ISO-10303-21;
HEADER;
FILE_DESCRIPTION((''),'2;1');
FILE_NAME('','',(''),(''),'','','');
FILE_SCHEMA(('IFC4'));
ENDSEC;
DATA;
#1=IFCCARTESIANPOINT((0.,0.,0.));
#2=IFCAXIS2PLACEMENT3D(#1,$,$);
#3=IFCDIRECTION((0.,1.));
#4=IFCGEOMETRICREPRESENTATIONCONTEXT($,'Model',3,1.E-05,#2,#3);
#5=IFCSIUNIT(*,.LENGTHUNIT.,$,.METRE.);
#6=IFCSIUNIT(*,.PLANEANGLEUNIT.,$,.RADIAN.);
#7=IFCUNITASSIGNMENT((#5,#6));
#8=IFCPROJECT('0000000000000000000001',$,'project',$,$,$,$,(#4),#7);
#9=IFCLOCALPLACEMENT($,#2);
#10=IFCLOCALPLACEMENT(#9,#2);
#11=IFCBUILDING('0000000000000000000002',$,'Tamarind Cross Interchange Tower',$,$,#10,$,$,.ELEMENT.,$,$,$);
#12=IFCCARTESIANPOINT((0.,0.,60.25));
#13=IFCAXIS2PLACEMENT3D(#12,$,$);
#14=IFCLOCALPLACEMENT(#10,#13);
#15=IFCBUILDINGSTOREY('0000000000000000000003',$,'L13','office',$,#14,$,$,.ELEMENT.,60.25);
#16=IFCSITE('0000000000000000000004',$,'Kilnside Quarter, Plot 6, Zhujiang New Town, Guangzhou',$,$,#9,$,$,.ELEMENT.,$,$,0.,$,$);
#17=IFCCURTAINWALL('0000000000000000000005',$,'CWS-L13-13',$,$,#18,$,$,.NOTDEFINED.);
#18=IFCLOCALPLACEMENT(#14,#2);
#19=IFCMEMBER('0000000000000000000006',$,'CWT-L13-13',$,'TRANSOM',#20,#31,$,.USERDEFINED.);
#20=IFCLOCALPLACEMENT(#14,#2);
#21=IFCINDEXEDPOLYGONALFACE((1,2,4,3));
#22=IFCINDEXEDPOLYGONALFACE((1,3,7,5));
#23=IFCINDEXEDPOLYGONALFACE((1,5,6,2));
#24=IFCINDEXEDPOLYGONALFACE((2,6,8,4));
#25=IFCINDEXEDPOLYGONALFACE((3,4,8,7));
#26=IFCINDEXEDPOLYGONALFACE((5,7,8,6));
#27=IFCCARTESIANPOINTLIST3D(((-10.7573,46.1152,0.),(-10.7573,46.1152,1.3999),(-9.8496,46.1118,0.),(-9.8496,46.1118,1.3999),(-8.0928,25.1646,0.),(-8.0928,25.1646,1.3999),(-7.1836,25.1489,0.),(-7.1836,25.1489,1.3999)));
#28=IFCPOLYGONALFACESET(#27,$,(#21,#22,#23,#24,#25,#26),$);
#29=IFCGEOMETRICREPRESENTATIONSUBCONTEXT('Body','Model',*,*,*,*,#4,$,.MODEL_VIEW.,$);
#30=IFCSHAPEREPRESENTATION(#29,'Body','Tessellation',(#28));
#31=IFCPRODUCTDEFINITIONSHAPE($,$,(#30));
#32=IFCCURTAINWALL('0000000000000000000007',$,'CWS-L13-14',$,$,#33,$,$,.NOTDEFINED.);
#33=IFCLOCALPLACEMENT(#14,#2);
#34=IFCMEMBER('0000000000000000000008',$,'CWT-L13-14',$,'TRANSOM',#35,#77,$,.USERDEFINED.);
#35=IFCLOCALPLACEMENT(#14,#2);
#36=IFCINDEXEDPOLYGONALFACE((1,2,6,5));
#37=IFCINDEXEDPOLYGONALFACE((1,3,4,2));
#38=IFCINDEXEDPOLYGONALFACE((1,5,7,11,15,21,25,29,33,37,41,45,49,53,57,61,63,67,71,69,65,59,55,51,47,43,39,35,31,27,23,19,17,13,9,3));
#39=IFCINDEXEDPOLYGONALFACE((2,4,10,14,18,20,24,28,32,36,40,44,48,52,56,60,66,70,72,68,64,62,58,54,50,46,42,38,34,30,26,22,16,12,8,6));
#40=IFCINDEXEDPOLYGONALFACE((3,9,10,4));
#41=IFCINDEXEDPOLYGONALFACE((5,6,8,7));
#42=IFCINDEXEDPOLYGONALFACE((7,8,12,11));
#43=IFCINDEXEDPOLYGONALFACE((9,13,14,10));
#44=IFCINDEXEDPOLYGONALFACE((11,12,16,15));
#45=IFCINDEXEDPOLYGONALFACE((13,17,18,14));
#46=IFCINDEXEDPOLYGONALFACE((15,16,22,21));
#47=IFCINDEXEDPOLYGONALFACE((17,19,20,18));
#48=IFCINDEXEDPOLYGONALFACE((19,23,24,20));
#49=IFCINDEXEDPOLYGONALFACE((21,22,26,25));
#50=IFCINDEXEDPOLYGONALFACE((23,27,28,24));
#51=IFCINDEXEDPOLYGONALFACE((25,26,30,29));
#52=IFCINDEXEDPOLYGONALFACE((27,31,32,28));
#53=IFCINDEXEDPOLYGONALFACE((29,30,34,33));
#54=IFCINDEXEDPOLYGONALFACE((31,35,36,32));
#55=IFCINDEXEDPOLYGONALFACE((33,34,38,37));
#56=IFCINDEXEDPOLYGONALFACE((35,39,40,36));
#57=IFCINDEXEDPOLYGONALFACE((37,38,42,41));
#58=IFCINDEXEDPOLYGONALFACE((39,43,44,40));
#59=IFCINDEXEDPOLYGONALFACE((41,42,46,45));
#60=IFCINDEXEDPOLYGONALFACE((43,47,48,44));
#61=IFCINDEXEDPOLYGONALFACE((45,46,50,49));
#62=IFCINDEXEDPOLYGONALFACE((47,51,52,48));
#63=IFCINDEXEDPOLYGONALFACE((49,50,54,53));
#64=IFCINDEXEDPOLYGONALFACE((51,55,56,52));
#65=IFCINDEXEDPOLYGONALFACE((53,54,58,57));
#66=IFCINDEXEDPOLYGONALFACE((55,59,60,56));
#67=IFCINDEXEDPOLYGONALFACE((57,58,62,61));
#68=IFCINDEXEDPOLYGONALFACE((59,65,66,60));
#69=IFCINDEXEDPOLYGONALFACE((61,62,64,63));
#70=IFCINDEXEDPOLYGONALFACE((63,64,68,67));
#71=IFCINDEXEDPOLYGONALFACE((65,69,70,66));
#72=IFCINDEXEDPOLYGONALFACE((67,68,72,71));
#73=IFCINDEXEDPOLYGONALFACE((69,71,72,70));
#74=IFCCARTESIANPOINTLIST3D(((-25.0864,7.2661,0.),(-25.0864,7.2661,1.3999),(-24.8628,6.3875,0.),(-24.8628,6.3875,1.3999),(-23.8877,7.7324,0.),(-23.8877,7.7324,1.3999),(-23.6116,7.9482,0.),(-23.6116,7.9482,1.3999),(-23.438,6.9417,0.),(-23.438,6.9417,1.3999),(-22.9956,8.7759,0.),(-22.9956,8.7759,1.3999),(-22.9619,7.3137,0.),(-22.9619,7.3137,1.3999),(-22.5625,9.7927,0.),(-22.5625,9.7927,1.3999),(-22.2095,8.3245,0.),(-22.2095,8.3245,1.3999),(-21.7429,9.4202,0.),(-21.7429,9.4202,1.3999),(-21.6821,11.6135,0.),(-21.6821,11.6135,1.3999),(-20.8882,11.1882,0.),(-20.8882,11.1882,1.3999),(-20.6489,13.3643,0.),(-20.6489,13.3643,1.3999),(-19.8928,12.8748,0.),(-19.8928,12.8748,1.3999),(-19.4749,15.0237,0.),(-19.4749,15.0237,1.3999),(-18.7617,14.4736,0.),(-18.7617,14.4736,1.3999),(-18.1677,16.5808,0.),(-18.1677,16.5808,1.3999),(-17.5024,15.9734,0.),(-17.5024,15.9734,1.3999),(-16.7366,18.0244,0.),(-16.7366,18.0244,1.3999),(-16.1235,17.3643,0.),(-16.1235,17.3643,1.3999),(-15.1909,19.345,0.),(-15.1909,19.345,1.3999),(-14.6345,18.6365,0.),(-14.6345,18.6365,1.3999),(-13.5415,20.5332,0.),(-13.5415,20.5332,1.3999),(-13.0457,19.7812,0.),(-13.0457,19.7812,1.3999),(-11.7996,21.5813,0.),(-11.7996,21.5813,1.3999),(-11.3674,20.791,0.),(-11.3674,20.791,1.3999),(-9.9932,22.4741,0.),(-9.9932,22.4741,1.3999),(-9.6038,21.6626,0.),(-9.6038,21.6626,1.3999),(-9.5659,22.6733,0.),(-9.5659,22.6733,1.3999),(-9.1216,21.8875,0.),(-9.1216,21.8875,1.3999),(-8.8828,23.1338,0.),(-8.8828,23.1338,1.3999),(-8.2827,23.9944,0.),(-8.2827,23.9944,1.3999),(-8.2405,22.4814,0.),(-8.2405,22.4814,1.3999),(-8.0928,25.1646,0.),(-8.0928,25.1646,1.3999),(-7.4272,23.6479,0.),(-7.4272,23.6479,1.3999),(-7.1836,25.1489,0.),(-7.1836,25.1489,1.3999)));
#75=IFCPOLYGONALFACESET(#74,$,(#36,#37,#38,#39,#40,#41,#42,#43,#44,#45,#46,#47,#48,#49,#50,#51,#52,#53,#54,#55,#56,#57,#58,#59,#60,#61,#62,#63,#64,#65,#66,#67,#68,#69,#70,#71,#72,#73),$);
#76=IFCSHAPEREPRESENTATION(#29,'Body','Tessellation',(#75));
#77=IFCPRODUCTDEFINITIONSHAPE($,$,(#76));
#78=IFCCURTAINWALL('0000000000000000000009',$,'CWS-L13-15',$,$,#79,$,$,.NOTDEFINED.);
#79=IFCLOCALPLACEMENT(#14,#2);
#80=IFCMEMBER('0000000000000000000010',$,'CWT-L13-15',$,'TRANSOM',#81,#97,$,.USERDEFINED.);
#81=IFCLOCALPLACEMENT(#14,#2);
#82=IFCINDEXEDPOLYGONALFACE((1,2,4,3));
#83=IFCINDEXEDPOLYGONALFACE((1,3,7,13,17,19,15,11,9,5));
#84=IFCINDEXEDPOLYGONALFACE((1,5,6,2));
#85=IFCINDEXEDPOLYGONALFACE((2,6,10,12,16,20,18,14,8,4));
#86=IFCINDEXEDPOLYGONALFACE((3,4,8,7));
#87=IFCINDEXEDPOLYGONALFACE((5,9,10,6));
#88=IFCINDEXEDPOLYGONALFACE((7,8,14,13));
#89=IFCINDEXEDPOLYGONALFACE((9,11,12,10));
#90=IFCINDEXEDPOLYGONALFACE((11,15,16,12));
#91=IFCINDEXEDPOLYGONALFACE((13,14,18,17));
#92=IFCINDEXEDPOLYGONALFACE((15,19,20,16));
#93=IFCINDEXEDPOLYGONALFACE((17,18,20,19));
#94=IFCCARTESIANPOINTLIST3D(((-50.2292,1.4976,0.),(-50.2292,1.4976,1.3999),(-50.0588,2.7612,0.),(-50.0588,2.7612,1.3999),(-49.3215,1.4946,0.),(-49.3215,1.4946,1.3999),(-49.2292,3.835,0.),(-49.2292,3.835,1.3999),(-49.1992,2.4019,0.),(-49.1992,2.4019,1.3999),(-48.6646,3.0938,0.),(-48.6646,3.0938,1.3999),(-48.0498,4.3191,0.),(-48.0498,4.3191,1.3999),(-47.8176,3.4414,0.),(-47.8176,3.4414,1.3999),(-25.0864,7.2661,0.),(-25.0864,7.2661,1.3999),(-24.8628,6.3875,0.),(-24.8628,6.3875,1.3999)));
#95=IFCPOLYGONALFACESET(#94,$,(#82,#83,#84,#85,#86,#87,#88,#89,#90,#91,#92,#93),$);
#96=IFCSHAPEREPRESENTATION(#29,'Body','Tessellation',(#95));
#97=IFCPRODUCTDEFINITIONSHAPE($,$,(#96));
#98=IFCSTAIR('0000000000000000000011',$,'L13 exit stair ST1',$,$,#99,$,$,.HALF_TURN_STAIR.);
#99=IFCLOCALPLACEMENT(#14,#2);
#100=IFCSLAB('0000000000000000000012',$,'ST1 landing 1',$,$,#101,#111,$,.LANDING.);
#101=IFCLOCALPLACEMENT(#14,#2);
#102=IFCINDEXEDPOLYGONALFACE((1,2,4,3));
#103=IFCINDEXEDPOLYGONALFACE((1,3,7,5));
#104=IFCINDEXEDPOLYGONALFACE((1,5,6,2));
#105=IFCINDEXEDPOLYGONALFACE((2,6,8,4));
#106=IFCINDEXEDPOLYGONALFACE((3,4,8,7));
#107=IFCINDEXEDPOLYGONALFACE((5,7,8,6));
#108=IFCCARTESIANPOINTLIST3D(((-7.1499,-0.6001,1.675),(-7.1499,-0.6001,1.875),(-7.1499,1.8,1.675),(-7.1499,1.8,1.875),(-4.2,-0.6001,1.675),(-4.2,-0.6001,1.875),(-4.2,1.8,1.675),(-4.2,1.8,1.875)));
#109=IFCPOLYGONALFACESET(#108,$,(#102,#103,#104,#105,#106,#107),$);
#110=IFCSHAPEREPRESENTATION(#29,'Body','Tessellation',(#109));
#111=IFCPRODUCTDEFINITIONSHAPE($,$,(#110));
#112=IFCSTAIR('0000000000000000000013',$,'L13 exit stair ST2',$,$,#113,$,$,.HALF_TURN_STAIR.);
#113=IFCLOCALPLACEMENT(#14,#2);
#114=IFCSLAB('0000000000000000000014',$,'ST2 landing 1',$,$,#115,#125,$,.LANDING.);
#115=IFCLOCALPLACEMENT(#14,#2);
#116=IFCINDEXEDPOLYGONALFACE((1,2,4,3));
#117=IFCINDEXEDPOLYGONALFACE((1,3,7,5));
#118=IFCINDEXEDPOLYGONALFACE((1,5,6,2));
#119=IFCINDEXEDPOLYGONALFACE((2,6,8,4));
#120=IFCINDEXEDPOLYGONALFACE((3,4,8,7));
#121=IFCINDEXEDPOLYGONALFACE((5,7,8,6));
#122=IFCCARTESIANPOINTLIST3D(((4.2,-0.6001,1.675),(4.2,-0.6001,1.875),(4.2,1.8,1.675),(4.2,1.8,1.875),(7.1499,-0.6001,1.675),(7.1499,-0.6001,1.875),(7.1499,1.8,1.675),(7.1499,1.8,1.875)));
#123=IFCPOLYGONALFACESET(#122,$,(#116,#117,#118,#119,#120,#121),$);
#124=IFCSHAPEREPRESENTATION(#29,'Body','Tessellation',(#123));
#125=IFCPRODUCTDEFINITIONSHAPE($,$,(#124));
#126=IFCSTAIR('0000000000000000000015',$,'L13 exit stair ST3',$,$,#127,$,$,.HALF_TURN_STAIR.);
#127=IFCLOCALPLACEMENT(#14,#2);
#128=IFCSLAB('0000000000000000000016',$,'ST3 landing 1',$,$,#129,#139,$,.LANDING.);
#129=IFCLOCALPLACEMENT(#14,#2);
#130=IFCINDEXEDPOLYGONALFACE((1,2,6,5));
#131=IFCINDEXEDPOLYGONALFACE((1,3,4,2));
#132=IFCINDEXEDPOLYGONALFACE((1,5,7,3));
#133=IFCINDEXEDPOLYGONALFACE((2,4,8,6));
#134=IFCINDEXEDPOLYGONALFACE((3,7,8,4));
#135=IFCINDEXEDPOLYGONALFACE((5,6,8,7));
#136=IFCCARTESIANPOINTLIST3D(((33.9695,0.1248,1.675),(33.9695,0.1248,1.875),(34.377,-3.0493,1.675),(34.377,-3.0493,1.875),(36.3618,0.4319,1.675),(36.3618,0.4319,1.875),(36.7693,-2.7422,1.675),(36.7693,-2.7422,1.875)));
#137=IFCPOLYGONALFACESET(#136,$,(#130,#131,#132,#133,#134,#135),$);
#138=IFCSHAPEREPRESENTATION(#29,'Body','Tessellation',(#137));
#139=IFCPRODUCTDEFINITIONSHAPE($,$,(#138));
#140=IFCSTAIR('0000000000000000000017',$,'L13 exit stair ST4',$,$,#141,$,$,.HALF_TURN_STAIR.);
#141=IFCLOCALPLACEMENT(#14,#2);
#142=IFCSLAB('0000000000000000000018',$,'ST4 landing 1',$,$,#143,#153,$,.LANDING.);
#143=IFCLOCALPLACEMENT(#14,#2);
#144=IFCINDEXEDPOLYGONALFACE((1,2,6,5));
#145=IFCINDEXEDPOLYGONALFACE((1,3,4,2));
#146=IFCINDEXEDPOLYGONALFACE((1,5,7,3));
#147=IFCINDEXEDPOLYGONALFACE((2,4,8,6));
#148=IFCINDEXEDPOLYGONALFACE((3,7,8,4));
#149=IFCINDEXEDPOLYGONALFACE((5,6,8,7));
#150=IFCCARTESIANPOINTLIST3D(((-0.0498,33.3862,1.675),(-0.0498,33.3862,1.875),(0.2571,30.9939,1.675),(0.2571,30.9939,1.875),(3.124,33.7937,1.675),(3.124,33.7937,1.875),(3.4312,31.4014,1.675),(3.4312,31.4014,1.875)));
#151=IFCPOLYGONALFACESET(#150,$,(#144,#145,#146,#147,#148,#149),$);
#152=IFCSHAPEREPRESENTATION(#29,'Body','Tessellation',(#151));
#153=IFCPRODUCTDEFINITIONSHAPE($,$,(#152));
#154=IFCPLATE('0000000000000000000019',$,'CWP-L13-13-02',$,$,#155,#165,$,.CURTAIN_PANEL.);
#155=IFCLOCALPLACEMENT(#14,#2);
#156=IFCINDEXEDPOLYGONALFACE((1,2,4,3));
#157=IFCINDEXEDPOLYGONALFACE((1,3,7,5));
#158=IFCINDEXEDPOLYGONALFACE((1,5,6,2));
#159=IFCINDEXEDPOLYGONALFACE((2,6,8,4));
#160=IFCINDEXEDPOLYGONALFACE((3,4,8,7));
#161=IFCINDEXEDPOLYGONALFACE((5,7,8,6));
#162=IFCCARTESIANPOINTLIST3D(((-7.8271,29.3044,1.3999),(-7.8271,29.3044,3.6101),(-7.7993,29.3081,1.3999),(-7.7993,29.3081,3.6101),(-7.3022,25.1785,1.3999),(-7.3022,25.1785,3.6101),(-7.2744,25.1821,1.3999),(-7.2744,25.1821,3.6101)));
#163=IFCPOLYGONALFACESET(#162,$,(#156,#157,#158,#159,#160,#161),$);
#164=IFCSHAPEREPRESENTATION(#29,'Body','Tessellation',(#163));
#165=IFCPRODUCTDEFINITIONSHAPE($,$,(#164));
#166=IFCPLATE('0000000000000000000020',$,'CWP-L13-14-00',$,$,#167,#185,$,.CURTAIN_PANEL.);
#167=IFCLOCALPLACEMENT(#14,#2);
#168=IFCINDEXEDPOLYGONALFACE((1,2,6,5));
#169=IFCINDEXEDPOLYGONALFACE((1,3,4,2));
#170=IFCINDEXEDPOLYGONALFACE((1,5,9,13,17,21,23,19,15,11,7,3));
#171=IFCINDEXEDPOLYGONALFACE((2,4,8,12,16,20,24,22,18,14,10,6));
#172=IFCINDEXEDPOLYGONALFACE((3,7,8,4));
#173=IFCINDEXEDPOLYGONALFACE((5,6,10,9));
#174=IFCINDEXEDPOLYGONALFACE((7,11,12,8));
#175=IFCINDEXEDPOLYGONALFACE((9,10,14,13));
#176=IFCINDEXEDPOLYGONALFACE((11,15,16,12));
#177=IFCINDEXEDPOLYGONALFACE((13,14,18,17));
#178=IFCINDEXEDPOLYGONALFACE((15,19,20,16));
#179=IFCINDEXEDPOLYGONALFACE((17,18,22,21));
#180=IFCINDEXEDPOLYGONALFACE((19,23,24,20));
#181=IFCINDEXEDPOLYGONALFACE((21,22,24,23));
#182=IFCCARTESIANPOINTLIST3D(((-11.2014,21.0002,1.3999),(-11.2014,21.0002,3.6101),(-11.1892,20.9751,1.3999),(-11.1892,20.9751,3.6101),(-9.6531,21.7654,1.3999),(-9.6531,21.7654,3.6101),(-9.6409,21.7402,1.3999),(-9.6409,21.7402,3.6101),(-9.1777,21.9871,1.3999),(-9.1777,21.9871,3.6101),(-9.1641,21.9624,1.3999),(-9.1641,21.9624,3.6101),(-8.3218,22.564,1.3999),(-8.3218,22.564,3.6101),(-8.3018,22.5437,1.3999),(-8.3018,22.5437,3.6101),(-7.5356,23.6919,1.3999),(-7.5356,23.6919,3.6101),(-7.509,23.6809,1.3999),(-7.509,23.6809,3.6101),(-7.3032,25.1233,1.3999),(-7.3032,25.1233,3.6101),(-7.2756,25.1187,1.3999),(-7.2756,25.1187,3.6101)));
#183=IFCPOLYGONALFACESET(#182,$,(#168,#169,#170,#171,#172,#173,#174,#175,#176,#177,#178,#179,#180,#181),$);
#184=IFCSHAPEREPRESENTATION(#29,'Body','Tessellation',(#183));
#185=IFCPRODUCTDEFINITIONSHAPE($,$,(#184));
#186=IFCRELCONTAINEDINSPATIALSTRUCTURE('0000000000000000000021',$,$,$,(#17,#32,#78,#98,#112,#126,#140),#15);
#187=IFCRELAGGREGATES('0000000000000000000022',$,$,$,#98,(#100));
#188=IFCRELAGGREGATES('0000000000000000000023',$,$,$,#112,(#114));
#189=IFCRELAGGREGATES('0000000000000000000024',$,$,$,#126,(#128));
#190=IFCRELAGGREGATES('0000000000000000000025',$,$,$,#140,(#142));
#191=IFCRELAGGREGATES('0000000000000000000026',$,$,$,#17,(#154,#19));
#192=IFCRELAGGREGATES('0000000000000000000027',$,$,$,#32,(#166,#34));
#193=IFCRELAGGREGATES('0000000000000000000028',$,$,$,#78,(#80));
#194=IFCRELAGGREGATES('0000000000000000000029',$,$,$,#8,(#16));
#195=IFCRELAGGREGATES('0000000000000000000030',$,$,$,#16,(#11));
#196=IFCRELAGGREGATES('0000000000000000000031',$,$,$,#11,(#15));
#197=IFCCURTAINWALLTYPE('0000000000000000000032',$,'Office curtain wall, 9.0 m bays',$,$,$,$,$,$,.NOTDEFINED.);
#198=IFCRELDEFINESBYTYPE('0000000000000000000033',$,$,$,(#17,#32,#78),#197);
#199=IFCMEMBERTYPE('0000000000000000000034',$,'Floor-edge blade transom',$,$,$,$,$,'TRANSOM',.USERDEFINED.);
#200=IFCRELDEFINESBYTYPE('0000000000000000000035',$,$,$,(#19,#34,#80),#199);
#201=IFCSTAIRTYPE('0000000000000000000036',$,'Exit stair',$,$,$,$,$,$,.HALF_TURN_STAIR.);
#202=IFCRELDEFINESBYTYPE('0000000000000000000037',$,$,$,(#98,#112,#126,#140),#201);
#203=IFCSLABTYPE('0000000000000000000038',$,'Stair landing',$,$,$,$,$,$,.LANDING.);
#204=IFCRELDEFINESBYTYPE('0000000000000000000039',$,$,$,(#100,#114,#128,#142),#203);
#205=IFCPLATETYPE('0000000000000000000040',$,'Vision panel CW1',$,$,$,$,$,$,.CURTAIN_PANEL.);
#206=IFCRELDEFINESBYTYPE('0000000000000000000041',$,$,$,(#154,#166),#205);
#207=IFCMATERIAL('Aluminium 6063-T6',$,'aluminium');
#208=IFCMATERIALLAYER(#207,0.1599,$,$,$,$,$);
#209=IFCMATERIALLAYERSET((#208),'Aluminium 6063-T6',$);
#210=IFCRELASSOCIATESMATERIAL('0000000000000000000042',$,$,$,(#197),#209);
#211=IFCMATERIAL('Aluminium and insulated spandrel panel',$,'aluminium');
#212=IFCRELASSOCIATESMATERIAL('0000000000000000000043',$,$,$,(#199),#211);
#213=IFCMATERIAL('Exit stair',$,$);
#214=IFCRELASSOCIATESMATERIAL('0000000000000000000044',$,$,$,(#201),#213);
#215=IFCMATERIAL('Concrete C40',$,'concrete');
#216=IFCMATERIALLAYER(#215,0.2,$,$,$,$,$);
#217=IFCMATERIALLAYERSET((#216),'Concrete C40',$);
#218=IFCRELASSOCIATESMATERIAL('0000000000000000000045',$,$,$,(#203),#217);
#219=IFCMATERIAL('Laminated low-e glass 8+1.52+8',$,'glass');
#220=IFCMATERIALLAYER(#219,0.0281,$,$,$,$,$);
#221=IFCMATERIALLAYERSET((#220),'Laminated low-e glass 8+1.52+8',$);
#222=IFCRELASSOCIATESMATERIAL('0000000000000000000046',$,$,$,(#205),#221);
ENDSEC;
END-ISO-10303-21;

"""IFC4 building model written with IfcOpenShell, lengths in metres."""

from ifc_helpers import new_model, si_unit, direction, frame, origin, place, context, subcontext, project, spatial, polyline, outline, extrude, material, layer, layer_set, type_object, element, aggregate, save


model = new_model("IFC4")

# Units and contexts
model_context = context("Model", 3, precision=1e-05, world=origin(), true_north=direction((0.0, 1.0)))
body_context = subcontext(model_context, "Body", "Model", "MODEL_VIEW")
ifc_project = project(units=[si_unit("LENGTHUNIT", "METRE"), si_unit("PLANEANGLEUNIT", "RADIAN")], contexts=[model_context])

# Site, building, storey
site_placement = place(None, origin())
site = spatial("IfcSite", under=ifc_project, at=site_placement, Name="Kilnside Quarter, Plot 6, Zhujiang New Town, Guangzhou", CompositionType="ELEMENT", RefElevation=0.0)
building_placement = place(site_placement, origin())
building = spatial("IfcBuilding", under=site, at=building_placement, Name="Tamarind Cross Interchange Tower", CompositionType="ELEMENT")
storey_placement = place(building_placement, frame((0.0, 0.0, 60.25)))
storey = spatial("IfcBuildingStorey", under=building, at=storey_placement, Name="L13", Description="office", CompositionType="ELEMENT", Elevation=60.25)

# Curtain walls, members
ifc_material_1 = material(Name="Aluminium 6063-T6", Category="aluminium")
ifc_layer_1 = layer(ifc_material_1, 0.1599)
ifc_layer_set_1 = layer_set([ifc_layer_1], Name="Aluminium 6063-T6")
curtain_wall_type = type_object("IfcCurtainWallType", Name="Office curtain wall, 9.0 m bays", PredefinedType="NOTDEFINED", material=ifc_layer_set_1)
curtain_wall_1_placement = place(storey_placement, origin())
curtain_wall_1 = element("IfcCurtainWall", 1, at=curtain_wall_1_placement, inside=storey, type_object=curtain_wall_type, Name="CWS-L13-13", PredefinedType="NOTDEFINED")
ifc_material_2 = material(Name="Aluminium and insulated spandrel panel", Category="aluminium")
member_type = type_object("IfcMemberType", Name="Floor-edge blade transom", ElementType="TRANSOM", PredefinedType="USERDEFINED", material=ifc_material_2)
member_1_placement = place(storey_placement, origin())
member_1 = element("IfcMember", 2, at=member_1_placement, type_object=member_type, Name="CWT-L13-13", ObjectType="TRANSOM", PredefinedType="USERDEFINED", context=body_context, shape_type="SweptSolid", body=[
    extrude(outline(polyline([(-9.8496, 46.1118), (-7.1836, 25.1489), (-8.0928, 25.1646), (-10.7573, 46.1152), (-9.8496, 46.1118)])), origin(), (0.0, 0.0, 1.0), 1.3999),
])
curtain_wall_2_placement = place(storey_placement, origin())
curtain_wall_2 = element("IfcCurtainWall", 3, at=curtain_wall_2_placement, inside=storey, type_object=curtain_wall_type, Name="CWS-L13-14", PredefinedType="NOTDEFINED")
member_2_placement = place(storey_placement, origin())
member_2 = element("IfcMember", 4, at=member_2_placement, type_object=member_type, Name="CWT-L13-14", ObjectType="TRANSOM", PredefinedType="USERDEFINED", context=body_context, shape_type="SweptSolid", body=[
    extrude(outline(polyline([(-7.1836, 25.1489), (-7.4272, 23.6479), (-8.2405, 22.4814), (-9.1216, 21.8875), (-9.6038, 21.6626), (-11.3674, 20.791), (-13.0457, 19.7812), (-14.6345, 18.6365), (-16.1235, 17.3643), (-17.5024, 15.9734), (-18.7617, 14.4736), (-19.8928, 12.8748), (-20.8882, 11.1882), (-21.7429, 9.4202), (-22.2095, 8.3245), (-22.9619, 7.3137), (-23.438, 6.9417), (-24.8628, 6.3875), (-25.0864, 7.2661), (-23.8877, 7.7324), (-23.6116, 7.9482), (-22.9956, 8.7759), (-22.5625, 9.7927), (-21.6821, 11.6135), (-20.6489, 13.3643), (-19.4749, 15.0237), (-18.1677, 16.5808), (-16.7366, 18.0244), (-15.1909, 19.345), (-13.5415, 20.5332), (-11.7996, 21.5813), (-9.9932, 22.4741), (-9.5659, 22.6733), (-8.8828, 23.1338), (-8.2827, 23.9944), (-8.0928, 25.1646), (-7.1836, 25.1489)])), origin(), (0.0, 0.0, 1.0), 1.3999),
])
curtain_wall_3_placement = place(storey_placement, origin())
curtain_wall_3 = element("IfcCurtainWall", 5, at=curtain_wall_3_placement, inside=storey, type_object=curtain_wall_type, Name="CWS-L13-15", PredefinedType="NOTDEFINED")
member_3_placement = place(storey_placement, origin())
member_3 = element("IfcMember", 6, at=member_3_placement, type_object=member_type, Name="CWT-L13-15", ObjectType="TRANSOM", PredefinedType="USERDEFINED", context=body_context, shape_type="SweptSolid", body=[
    extrude(outline(polyline([(-24.8628, 6.3875), (-47.8176, 3.4414), (-48.6646, 3.0938), (-49.1992, 2.4019), (-49.3215, 1.4946), (-50.2292, 1.4976), (-50.0588, 2.7612), (-49.2292, 3.835), (-48.0498, 4.3191), (-25.0864, 7.2661), (-24.8628, 6.3875)])), origin(), (0.0, 0.0, 1.0), 1.3999),
])

# Stairs, slabs
ifc_material_3 = material(Name="Exit stair")
stair_type = type_object("IfcStairType", Name="Exit stair", PredefinedType="HALF_TURN_STAIR", material=ifc_material_3)
stair_1_placement = place(storey_placement, origin())
stair_1 = element("IfcStair", 7, at=stair_1_placement, inside=storey, type_object=stair_type, Name="L13 exit stair ST1", PredefinedType="HALF_TURN_STAIR")
ifc_material_4 = material(Name="Concrete C40", Category="concrete")
ifc_layer_2 = layer(ifc_material_4, 0.2)
ifc_layer_set_2 = layer_set([ifc_layer_2], Name="Concrete C40")
slab_type = type_object("IfcSlabType", Name="Stair landing", PredefinedType="LANDING", material=ifc_layer_set_2)
slab_1_placement = place(storey_placement, frame((0.0, 0.0, 1.675)))
slab_1 = element("IfcSlab", 8, at=slab_1_placement, type_object=slab_type, Name="ST1 landing 1", PredefinedType="LANDING", context=body_context, shape_type="SweptSolid", body=[
    extrude(outline(polyline([(-4.2, -0.6001), (-4.2, 1.8), (-7.1499, 1.8), (-7.1499, -0.6001), (-4.2, -0.6001)])), origin(), (0.0, 0.0, 1.0), 0.2),
])
aggregate(stair_1, [slab_1])
stair_2_placement = place(storey_placement, origin())
stair_2 = element("IfcStair", 9, at=stair_2_placement, inside=storey, type_object=stair_type, Name="L13 exit stair ST2", PredefinedType="HALF_TURN_STAIR")
slab_2_placement = place(storey_placement, frame((0.0, 0.0, 1.675)))
slab_2 = element("IfcSlab", 10, at=slab_2_placement, type_object=slab_type, Name="ST2 landing 1", PredefinedType="LANDING", context=body_context, shape_type="SweptSolid", body=[
    extrude(outline(polyline([(7.1499, -0.6001), (7.1499, 1.8), (4.2, 1.8), (4.2, -0.6001), (7.1499, -0.6001)])), origin(), (0.0, 0.0, 1.0), 0.2),
])
aggregate(stair_2, [slab_2])
stair_3_placement = place(storey_placement, origin())
stair_3 = element("IfcStair", 11, at=stair_3_placement, inside=storey, type_object=stair_type, Name="L13 exit stair ST3", PredefinedType="HALF_TURN_STAIR")
slab_3_placement = place(storey_placement, frame((0.0, 0.0, 1.675)))
slab_3 = element("IfcSlab", 12, at=slab_3_placement, type_object=slab_type, Name="ST3 landing 1", PredefinedType="LANDING", context=body_context, shape_type="SweptSolid", body=[
    extrude(outline(polyline([(34.377, -3.0493), (36.7693, -2.7422), (36.3618, 0.4319), (33.9695, 0.1248), (34.377, -3.0493)])), origin(), (0.0, 0.0, 1.0), 0.2),
])
aggregate(stair_3, [slab_3])
stair_4_placement = place(storey_placement, origin())
stair_4 = element("IfcStair", 13, at=stair_4_placement, inside=storey, type_object=stair_type, Name="L13 exit stair ST4", PredefinedType="HALF_TURN_STAIR")
slab_4_placement = place(storey_placement, frame((0.0, 0.0, 1.675)))
slab_4 = element("IfcSlab", 14, at=slab_4_placement, type_object=slab_type, Name="ST4 landing 1", PredefinedType="LANDING", context=body_context, shape_type="SweptSolid", body=[
    extrude(outline(polyline([(3.4312, 31.4014), (3.124, 33.7937), (-0.0498, 33.3862), (0.2571, 30.9939), (3.4312, 31.4014)])), origin(), (0.0, 0.0, 1.0), 0.2),
])
aggregate(stair_4, [slab_4])

# Plates
ifc_material_5 = material(Name="Laminated low-e glass 8+1.52+8", Category="glass")
ifc_layer_3 = layer(ifc_material_5, 0.0281)
ifc_layer_set_3 = layer_set([ifc_layer_3], Name="Laminated low-e glass 8+1.52+8")
plate_type = type_object("IfcPlateType", Name="Vision panel CW1", PredefinedType="CURTAIN_PANEL", material=ifc_layer_set_3)
plate_1_placement = place(storey_placement, frame((0.0, 0.0, 1.3999)))
plate_1 = element("IfcPlate", 15, at=plate_1_placement, type_object=plate_type, Name="CWP-L13-13-02", PredefinedType="CURTAIN_PANEL", context=body_context, shape_type="SweptSolid", body=[
    extrude(outline(polyline([(-7.7993, 29.3081), (-7.2744, 25.1821), (-7.3022, 25.1785), (-7.8271, 29.3044), (-7.7993, 29.3081)])), origin(), (0.0, 0.0, 1.0), 2.2102),
])
aggregate(curtain_wall_1, [plate_1, member_1])
plate_2_placement = place(storey_placement, frame((0.0, 0.0, 1.3999)))
plate_2 = element("IfcPlate", 16, at=plate_2_placement, type_object=plate_type, Name="CWP-L13-14-00", PredefinedType="CURTAIN_PANEL", context=body_context, shape_type="SweptSolid", body=[
    extrude(outline(polyline([(-7.2756, 25.1187), (-7.509, 23.6809), (-8.3018, 22.5437), (-9.1641, 21.9624), (-9.6409, 21.7402), (-11.1892, 20.9751), (-11.2014, 21.0002), (-9.6531, 21.7654), (-9.1777, 21.9871), (-8.3218, 22.564), (-7.5356, 23.6919), (-7.3032, 25.1233), (-7.2756, 25.1187)])), origin(), (0.0, 0.0, 1.0), 2.2102),
])
aggregate(curtain_wall_2, [plate_2, member_2])
aggregate(curtain_wall_3, [member_3])

save(model, "model.ifc")
